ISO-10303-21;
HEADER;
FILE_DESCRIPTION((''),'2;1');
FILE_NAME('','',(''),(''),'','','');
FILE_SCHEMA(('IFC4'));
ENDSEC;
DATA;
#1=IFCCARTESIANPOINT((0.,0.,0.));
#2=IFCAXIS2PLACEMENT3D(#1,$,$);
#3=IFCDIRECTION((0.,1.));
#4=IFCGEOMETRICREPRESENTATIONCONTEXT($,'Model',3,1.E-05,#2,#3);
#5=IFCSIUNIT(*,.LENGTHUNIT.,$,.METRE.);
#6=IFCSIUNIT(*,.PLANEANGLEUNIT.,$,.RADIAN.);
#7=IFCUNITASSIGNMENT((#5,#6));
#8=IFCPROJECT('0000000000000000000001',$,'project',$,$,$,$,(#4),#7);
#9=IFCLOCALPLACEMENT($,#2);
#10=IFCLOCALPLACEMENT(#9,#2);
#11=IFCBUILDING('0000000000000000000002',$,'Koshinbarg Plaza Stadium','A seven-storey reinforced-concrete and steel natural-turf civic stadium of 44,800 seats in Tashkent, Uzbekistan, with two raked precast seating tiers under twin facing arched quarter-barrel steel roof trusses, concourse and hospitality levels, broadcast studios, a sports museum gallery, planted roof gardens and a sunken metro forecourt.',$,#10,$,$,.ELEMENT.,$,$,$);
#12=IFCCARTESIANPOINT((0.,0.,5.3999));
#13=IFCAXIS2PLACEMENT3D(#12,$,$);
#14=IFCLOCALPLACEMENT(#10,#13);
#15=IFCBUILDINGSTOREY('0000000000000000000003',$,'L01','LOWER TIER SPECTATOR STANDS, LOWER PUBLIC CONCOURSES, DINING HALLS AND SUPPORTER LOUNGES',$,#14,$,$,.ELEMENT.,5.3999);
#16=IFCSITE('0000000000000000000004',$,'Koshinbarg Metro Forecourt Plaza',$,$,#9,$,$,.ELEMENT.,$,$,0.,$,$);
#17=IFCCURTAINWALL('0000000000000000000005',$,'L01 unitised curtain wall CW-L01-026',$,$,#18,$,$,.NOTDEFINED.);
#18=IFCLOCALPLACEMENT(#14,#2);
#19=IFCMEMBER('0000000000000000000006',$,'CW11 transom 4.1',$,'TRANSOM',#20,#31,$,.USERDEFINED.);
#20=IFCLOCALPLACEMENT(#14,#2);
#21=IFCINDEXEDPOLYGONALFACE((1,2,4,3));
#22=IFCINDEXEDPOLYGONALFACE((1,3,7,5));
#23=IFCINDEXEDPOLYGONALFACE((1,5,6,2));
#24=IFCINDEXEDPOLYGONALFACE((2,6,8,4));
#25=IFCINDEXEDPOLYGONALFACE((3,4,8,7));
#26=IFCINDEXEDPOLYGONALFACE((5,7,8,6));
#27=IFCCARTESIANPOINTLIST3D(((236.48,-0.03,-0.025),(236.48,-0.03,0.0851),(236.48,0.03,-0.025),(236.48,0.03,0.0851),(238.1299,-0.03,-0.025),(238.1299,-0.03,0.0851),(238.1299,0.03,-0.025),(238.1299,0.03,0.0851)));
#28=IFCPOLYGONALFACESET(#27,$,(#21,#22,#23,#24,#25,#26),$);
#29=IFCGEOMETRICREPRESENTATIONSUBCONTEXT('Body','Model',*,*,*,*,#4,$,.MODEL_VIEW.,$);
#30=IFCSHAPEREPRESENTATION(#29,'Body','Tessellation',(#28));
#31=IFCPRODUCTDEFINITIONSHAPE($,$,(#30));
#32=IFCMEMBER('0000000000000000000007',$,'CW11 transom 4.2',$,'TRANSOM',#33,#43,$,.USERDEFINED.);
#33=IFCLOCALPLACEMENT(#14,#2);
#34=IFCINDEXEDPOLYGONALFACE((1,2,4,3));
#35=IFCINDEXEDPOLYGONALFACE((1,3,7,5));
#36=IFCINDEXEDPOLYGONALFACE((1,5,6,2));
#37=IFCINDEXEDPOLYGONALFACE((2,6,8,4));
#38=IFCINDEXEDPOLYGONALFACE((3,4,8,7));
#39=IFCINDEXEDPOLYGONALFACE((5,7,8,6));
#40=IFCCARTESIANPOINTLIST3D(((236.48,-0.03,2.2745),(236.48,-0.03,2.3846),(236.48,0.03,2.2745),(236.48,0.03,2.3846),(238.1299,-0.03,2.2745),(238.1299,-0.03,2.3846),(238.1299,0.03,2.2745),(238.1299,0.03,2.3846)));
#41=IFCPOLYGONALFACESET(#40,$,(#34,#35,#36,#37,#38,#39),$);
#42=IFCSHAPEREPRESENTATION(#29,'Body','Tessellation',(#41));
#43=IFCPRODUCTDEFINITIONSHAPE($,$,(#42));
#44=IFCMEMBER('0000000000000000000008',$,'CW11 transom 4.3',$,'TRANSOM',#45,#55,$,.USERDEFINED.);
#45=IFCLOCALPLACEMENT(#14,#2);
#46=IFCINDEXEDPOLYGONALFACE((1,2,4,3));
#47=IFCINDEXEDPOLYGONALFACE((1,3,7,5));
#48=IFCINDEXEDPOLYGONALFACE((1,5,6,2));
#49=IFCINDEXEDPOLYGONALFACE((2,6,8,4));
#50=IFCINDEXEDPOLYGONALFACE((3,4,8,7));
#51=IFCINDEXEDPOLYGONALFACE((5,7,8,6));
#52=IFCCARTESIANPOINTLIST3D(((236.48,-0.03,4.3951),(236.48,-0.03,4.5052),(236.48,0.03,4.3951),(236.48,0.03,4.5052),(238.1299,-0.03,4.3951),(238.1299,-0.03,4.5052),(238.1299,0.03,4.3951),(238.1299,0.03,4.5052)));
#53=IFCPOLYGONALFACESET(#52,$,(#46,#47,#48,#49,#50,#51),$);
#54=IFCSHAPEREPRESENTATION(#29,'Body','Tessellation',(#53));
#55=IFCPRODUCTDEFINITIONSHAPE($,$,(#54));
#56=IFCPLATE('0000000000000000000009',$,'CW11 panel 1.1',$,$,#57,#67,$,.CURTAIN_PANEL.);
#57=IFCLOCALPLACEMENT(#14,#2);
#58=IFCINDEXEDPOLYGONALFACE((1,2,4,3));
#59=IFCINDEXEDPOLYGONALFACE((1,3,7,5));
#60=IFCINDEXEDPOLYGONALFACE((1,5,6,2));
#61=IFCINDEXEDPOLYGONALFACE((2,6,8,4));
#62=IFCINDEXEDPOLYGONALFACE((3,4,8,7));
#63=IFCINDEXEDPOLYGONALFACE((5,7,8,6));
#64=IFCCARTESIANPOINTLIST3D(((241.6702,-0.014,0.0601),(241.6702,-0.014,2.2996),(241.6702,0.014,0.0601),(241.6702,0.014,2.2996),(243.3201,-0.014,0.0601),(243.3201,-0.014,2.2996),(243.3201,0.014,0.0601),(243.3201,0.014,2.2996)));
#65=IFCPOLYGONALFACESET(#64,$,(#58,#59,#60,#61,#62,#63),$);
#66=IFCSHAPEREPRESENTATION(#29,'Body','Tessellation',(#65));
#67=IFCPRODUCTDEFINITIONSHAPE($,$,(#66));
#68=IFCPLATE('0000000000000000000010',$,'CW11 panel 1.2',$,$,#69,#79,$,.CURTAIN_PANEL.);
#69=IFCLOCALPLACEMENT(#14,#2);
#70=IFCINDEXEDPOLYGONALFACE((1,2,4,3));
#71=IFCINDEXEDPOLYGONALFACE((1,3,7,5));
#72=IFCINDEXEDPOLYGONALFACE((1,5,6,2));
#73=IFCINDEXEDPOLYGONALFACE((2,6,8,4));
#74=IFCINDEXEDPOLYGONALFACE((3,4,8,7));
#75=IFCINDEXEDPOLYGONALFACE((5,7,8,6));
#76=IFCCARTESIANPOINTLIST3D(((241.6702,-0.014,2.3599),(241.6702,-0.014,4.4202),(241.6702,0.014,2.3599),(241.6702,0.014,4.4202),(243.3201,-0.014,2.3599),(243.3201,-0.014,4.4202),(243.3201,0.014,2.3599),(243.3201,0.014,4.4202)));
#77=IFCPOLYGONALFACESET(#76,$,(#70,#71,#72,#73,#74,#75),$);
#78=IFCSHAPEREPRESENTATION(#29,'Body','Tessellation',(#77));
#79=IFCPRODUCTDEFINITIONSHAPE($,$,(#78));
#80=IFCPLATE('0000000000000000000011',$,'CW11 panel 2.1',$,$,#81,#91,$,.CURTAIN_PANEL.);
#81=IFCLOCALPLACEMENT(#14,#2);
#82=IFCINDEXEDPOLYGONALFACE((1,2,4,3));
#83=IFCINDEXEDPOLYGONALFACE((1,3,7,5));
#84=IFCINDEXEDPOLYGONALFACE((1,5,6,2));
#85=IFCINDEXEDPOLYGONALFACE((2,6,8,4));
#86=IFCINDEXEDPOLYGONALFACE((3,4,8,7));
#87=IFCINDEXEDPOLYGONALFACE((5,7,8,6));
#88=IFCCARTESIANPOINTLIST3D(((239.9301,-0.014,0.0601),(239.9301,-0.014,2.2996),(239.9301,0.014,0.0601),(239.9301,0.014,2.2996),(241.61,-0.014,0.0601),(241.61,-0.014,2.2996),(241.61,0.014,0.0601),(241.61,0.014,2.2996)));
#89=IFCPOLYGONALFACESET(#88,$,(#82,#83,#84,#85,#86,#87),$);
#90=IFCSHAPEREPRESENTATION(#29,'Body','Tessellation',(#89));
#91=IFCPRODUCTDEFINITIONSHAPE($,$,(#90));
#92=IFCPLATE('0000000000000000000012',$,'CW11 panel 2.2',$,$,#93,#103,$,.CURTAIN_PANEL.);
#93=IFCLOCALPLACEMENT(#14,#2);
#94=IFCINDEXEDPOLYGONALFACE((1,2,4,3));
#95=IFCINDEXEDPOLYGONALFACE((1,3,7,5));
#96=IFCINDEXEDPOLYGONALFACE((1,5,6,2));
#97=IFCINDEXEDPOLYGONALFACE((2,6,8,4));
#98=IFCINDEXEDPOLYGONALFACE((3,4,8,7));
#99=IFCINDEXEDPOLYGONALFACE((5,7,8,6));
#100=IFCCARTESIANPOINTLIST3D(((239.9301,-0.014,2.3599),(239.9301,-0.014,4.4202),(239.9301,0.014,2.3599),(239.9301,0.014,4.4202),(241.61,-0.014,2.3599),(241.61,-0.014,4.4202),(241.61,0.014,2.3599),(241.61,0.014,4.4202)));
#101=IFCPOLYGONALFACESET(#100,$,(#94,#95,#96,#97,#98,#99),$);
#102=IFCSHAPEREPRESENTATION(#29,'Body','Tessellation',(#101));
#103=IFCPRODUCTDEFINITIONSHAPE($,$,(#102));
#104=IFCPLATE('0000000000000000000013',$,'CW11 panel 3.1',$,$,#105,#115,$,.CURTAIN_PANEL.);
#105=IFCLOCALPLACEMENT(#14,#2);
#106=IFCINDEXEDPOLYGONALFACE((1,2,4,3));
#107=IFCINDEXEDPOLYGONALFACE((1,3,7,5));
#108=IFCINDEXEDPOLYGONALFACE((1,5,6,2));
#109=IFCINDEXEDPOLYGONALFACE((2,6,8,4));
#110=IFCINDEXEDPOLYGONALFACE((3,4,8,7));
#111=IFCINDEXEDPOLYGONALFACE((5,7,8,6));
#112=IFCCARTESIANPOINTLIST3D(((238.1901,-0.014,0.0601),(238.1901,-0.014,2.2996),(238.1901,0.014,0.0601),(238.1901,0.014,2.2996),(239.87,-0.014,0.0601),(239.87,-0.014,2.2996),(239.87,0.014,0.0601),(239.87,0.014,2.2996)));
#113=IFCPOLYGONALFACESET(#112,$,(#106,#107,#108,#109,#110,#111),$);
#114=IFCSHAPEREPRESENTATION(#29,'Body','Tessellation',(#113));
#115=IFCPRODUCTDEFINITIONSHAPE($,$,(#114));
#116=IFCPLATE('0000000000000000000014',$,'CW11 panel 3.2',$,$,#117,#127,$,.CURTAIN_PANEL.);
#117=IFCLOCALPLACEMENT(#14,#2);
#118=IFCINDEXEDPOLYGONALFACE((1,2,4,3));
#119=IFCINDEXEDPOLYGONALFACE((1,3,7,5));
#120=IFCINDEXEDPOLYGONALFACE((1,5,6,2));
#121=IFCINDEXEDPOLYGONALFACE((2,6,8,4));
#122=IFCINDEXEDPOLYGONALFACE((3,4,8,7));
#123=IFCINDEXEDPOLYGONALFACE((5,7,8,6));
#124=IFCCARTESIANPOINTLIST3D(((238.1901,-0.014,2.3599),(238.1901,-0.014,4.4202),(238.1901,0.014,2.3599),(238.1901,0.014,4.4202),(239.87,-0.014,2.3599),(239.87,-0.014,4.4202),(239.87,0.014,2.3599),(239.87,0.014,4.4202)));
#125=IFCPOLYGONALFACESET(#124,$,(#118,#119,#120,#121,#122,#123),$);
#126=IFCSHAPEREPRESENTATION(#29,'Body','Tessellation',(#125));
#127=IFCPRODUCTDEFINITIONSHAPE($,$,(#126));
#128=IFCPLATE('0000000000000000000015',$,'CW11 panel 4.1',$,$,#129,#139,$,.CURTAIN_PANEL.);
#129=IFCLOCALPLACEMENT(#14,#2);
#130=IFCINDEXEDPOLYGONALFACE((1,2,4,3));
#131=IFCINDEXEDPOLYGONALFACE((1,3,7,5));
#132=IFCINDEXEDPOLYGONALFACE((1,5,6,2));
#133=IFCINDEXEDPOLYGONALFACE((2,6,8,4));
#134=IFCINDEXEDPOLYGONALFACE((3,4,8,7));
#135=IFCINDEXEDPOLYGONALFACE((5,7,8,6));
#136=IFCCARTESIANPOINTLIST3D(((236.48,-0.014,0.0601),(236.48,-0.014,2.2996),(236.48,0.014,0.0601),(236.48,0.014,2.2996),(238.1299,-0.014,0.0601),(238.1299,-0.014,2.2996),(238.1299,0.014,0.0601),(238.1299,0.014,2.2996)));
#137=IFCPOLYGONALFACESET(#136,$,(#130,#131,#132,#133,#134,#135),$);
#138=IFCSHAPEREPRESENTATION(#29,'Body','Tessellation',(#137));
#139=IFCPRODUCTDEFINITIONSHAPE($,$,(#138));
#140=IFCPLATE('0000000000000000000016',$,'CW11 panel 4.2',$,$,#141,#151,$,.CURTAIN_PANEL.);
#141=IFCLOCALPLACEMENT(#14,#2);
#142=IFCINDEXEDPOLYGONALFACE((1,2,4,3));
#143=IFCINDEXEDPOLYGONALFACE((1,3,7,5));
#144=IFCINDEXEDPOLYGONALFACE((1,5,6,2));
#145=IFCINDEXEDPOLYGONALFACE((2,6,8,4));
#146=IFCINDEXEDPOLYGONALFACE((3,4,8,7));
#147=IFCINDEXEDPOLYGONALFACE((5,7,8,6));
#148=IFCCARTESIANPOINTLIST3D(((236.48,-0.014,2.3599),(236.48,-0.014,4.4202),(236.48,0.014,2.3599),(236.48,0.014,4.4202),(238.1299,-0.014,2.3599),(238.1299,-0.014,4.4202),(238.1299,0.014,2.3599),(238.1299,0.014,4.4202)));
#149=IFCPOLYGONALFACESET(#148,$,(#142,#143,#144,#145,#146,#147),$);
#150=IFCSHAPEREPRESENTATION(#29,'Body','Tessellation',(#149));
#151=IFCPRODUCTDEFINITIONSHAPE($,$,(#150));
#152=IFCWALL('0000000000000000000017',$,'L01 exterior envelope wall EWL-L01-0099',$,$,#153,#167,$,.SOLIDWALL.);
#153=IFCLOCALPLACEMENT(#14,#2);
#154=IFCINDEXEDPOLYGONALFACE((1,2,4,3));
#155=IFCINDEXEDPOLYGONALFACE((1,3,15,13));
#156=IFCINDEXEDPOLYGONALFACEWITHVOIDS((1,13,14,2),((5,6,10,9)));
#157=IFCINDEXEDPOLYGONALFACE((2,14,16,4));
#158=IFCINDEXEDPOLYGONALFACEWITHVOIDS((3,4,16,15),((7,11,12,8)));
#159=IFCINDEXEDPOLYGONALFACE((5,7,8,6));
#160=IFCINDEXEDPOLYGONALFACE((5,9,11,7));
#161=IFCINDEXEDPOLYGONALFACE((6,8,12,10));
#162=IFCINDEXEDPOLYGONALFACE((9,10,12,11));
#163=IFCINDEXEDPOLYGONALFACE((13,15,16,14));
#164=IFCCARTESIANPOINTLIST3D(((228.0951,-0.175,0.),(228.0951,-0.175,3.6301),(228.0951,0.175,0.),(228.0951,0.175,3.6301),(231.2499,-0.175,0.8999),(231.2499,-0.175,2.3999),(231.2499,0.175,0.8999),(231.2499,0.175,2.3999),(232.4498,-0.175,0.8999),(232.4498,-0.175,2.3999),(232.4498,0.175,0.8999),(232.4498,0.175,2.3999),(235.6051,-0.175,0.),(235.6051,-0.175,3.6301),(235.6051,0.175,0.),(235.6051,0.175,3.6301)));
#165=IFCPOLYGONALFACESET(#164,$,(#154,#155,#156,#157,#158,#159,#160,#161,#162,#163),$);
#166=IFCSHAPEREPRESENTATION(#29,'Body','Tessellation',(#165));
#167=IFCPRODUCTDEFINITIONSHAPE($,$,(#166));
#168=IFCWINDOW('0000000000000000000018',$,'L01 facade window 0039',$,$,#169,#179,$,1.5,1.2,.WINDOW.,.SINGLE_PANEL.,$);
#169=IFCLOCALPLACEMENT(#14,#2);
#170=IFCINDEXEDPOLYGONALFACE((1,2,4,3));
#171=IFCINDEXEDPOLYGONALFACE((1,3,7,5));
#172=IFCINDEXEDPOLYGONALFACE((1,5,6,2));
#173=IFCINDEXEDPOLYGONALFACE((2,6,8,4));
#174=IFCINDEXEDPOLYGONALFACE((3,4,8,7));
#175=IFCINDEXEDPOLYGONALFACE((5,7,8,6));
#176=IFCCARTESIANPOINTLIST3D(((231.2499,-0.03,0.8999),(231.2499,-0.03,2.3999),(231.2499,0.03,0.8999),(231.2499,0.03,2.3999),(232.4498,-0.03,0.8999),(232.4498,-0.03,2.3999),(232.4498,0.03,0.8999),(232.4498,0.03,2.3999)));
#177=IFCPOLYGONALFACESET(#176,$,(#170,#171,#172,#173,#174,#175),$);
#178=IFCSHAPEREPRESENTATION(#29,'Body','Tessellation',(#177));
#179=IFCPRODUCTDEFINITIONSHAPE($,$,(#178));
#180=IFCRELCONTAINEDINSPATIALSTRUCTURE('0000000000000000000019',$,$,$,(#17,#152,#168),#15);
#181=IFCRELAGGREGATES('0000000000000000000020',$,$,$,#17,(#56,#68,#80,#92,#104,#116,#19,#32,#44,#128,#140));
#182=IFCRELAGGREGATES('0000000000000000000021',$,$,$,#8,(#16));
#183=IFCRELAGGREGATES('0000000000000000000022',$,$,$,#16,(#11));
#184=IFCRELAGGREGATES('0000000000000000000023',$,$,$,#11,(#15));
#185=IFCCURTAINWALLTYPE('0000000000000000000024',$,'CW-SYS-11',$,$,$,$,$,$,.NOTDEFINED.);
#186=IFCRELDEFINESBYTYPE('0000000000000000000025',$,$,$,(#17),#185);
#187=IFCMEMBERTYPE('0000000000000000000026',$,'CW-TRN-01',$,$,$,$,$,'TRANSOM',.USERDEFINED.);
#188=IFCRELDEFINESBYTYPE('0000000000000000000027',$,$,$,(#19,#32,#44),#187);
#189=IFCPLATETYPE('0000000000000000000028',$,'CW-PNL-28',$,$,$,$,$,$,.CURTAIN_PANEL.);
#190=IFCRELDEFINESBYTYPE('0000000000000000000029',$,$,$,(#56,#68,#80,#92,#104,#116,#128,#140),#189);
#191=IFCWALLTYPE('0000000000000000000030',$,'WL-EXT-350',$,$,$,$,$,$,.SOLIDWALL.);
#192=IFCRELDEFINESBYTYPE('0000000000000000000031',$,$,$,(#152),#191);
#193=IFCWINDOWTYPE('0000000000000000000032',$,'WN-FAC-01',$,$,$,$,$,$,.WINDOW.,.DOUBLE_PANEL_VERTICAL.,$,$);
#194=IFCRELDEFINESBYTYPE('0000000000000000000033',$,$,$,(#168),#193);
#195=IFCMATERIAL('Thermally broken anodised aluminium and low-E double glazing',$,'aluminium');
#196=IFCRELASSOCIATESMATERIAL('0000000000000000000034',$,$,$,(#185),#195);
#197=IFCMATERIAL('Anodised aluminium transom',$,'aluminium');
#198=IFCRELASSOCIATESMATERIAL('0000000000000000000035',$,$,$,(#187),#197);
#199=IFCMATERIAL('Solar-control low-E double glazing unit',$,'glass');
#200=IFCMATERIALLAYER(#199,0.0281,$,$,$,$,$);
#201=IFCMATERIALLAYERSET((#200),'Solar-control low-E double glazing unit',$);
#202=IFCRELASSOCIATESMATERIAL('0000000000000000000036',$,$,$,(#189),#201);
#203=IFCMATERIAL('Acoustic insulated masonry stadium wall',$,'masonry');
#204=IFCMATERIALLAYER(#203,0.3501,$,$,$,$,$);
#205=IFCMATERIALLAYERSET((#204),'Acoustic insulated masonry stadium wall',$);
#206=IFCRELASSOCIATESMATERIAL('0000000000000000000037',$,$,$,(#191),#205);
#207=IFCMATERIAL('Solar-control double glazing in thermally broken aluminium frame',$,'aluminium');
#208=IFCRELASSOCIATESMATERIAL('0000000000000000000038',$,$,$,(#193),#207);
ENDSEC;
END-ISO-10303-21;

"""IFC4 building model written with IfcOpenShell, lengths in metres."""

from ifc_helpers import new_model, si_unit, direction, frame, frame_2d, origin, origin_2d, place, context, subcontext, project, spatial, rectangle, extrude, material, layer, layer_set, material_profile, profile_set, type_object, element, fill, aggregate, save


model = new_model("IFC4")

# Units and contexts
model_context = context("Model", 3, precision=1e-05, world=origin(), true_north=direction((0.0, 1.0)))
body_context = subcontext(model_context, "Body", "Model", "MODEL_VIEW")
ifc_project = project(units=[si_unit("LENGTHUNIT", "METRE"), si_unit("PLANEANGLEUNIT", "RADIAN")], contexts=[model_context])

# Site, building, storey
site_placement = place(None, origin())
site = spatial("IfcSite", under=ifc_project, at=site_placement, Name="Koshinbarg Metro Forecourt Plaza", CompositionType="ELEMENT", RefElevation=0.0)
building_placement = place(site_placement, origin())
building = spatial("IfcBuilding", under=site, at=building_placement, Name="Koshinbarg Plaza Stadium", Description="A seven-storey reinforced-concrete and steel natural-turf civic stadium of 44,800 seats in Tashkent, Uzbekistan, with two raked precast seating tiers under twin facing arched quarter-barrel steel roof trusses, concourse and hospitality levels, broadcast studios, a sports museum gallery, planted roof gardens and a sunken metro forecourt.", CompositionType="ELEMENT")
storey_placement = place(building_placement, frame((0.0, 0.0, 5.3999)))
storey = spatial("IfcBuildingStorey", under=building, at=storey_placement, Name="L01", Description="LOWER TIER SPECTATOR STANDS, LOWER PUBLIC CONCOURSES, DINING HALLS AND SUPPORTER LOUNGES", CompositionType="ELEMENT", Elevation=5.3999)

# Curtain wall, members, plates
ifc_material_1 = material(Name="Thermally broken anodised aluminium and low-E double glazing", Category="aluminium")
curtain_wall_type = type_object("IfcCurtainWallType", Name="CW-SYS-11", PredefinedType="NOTDEFINED", material=ifc_material_1)
curtain_wall_placement = place(storey_placement, origin())
curtain_wall = element("IfcCurtainWall", 1, at=curtain_wall_placement, inside=storey, type_object=curtain_wall_type, Name="L01 unitised curtain wall CW-L01-026", PredefinedType="NOTDEFINED")
ifc_material_2 = material(Name="Anodised aluminium transom", Category="aluminium")
ifc_material_profile_1 = material_profile(ifc_material_2, rectangle(XDim=0.0601, YDim=0.1101, at=origin_2d()), Name="ALU 60x110")
ifc_profile_set_1 = profile_set([ifc_material_profile_1], Name="Anodised aluminium transom")
member_type_1 = type_object("IfcMemberType", Name="CW-TRN-01", ElementType="TRANSOM", PredefinedType="USERDEFINED", material=ifc_profile_set_1)
member_1_placement = place(storey_placement, frame((238.1299, 0.0, 0.03), z_axis=(-1.0, 0.0, 0.0), x_axis=(0.0, -1.0, 0.0)))
member_1 = element("IfcMember", 2, at=member_1_placement, type_object=member_type_1, Name="CW11 transom 4.1", ObjectType="TRANSOM", PredefinedType="USERDEFINED", context=body_context, shape_type="SweptSolid", body=[
    extrude(rectangle(XDim=0.0601, YDim=0.1101, at=origin_2d()), origin(), (0.0, 0.0, 1.0), 1.6499),
])
member_2_placement = place(storey_placement, frame((238.1299, 0.0, 2.3296), z_axis=(-1.0, 0.0, 0.0), x_axis=(0.0, -1.0, 0.0)))
member_2 = element("IfcMember", 3, at=member_2_placement, type_object=member_type_1, Name="CW11 transom 4.2", ObjectType="TRANSOM", PredefinedType="USERDEFINED", context=body_context, shape_type="SweptSolid", body=[
    extrude(rectangle(XDim=0.0601, YDim=0.1101, at=origin_2d()), origin(), (0.0, 0.0, 1.0), 1.6499),
])
member_3_placement = place(storey_placement, frame((238.1299, 0.0, 4.4502), z_axis=(-1.0, 0.0, 0.0), x_axis=(0.0, -1.0, 0.0)))
member_3 = element("IfcMember", 4, at=member_3_placement, type_object=member_type_1, Name="CW11 transom 4.3", ObjectType="TRANSOM", PredefinedType="USERDEFINED", context=body_context, shape_type="SweptSolid", body=[
    extrude(rectangle(XDim=0.0601, YDim=0.1101, at=origin_2d()), origin(), (0.0, 0.0, 1.0), 1.6499),
])
ifc_material_3 = material(Name="Solar-control low-E double glazing unit", Category="glass")
ifc_layer_1 = layer(ifc_material_3, 0.0281)
ifc_layer_set_1 = layer_set([ifc_layer_1], Name="Solar-control low-E double glazing unit")
plate_type = type_object("IfcPlateType", Name="CW-PNL-28", PredefinedType="CURTAIN_PANEL", material=ifc_layer_set_1)
plate_1_placement = place(storey_placement, frame((242.4951, 0.0, 0.0601), z_axis=(0.0, 0.0, 1.0), x_axis=(-1.0, 0.0, 0.0)))
plate_1 = element("IfcPlate", 5, at=plate_1_placement, type_object=plate_type, Name="CW11 panel 1.1", PredefinedType="CURTAIN_PANEL", context=body_context, shape_type="SweptSolid", body=[
    extrude(rectangle(XDim=1.6499, YDim=0.0281, at=origin_2d()), origin(), (0.0, 0.0, 1.0), 2.2395),
])
plate_2_placement = place(storey_placement, frame((242.4951, 0.0, 2.3599), z_axis=(0.0, 0.0, 1.0), x_axis=(-1.0, 0.0, 0.0)))
plate_2 = element("IfcPlate", 6, at=plate_2_placement, type_object=plate_type, Name="CW11 panel 1.2", PredefinedType="CURTAIN_PANEL", context=body_context, shape_type="SweptSolid", body=[
    extrude(rectangle(XDim=1.6499, YDim=0.0281, at=origin_2d()), origin(), (0.0, 0.0, 1.0), 2.0603),
])
plate_3_placement = place(storey_placement, frame((240.77, 0.0, 0.0601), z_axis=(0.0, 0.0, 1.0), x_axis=(-1.0, 0.0, 0.0)))
plate_3 = element("IfcPlate", 7, at=plate_3_placement, type_object=plate_type, Name="CW11 panel 2.1", PredefinedType="CURTAIN_PANEL", context=body_context, shape_type="SweptSolid", body=[
    extrude(rectangle(XDim=1.6799, YDim=0.0281, at=origin_2d()), origin(), (0.0, 0.0, 1.0), 2.2395),
])
plate_4_placement = place(storey_placement, frame((240.77, 0.0, 2.3599), z_axis=(0.0, 0.0, 1.0), x_axis=(-1.0, 0.0, 0.0)))
plate_4 = element("IfcPlate", 8, at=plate_4_placement, type_object=plate_type, Name="CW11 panel 2.2", PredefinedType="CURTAIN_PANEL", context=body_context, shape_type="SweptSolid", body=[
    extrude(rectangle(XDim=1.6799, YDim=0.0281, at=origin_2d()), origin(), (0.0, 0.0, 1.0), 2.0603),
])
plate_5_placement = place(storey_placement, frame((239.03, 0.0, 0.0601), z_axis=(0.0, 0.0, 1.0), x_axis=(-1.0, 0.0, 0.0)))
plate_5 = element("IfcPlate", 9, at=plate_5_placement, type_object=plate_type, Name="CW11 panel 3.1", PredefinedType="CURTAIN_PANEL", context=body_context, shape_type="SweptSolid", body=[
    extrude(rectangle(XDim=1.6799, YDim=0.0281, at=origin_2d()), origin(), (0.0, 0.0, 1.0), 2.2395),
])
plate_6_placement = place(storey_placement, frame((239.03, 0.0, 2.3599), z_axis=(0.0, 0.0, 1.0), x_axis=(-1.0, 0.0, 0.0)))
plate_6 = element("IfcPlate", 10, at=plate_6_placement, type_object=plate_type, Name="CW11 panel 3.2", PredefinedType="CURTAIN_PANEL", context=body_context, shape_type="SweptSolid", body=[
    extrude(rectangle(XDim=1.6799, YDim=0.0281, at=origin_2d()), origin(), (0.0, 0.0, 1.0), 2.0603),
])
plate_7_placement = place(storey_placement, frame((237.3049, 0.0, 0.0601), z_axis=(0.0, 0.0, 1.0), x_axis=(-1.0, 0.0, 0.0)))
plate_7 = element("IfcPlate", 11, at=plate_7_placement, type_object=plate_type, Name="CW11 panel 4.1", PredefinedType="CURTAIN_PANEL", context=body_context, shape_type="SweptSolid", body=[
    extrude(rectangle(XDim=1.6499, YDim=0.0281, at=origin_2d()), origin(), (0.0, 0.0, 1.0), 2.2395),
])
plate_8_placement = place(storey_placement, frame((237.3049, 0.0, 2.3599), z_axis=(0.0, 0.0, 1.0), x_axis=(-1.0, 0.0, 0.0)))
plate_8 = element("IfcPlate", 12, at=plate_8_placement, type_object=plate_type, Name="CW11 panel 4.2", PredefinedType="CURTAIN_PANEL", context=body_context, shape_type="SweptSolid", body=[
    extrude(rectangle(XDim=1.6499, YDim=0.0281, at=origin_2d()), origin(), (0.0, 0.0, 1.0), 2.0603),
])
aggregate(curtain_wall, [plate_1, plate_2, plate_3, plate_4, plate_5, plate_6, member_1, member_2, member_3, plate_7, plate_8])

# Wall, opening, window
ifc_material_4 = material(Name="Acoustic insulated masonry stadium wall", Category="masonry")
ifc_layer_2 = layer(ifc_material_4, 0.3501)
ifc_layer_set_2 = layer_set([ifc_layer_2], Name="Acoustic insulated masonry stadium wall")
wall_type = type_object("IfcWallType", Name="WL-EXT-350", PredefinedType="SOLIDWALL", material=ifc_layer_set_2)
wall_placement = place(storey_placement, frame((235.605, 0.0, 0.0), z_axis=(0.0, 0.0, 1.0), x_axis=(-1.0, 0.0, 0.0)))
wall = element("IfcWall", 13, at=wall_placement, inside=storey, type_object=wall_type, Name="L01 exterior envelope wall EWL-L01-0099", PredefinedType="SOLIDWALL", context=body_context, shape_type="SweptSolid", body=[
    extrude(rectangle(XDim=7.51, YDim=0.3501, at=frame_2d((3.7549, 0.0))), origin(), (0.0, 0.0, 1.0), 3.6301),
])
opening_placement = place(wall_placement, frame((3.155, 0.0, 0.8999)))
opening = element("IfcOpeningElement", 14, at=opening_placement, cuts=wall, PredefinedType="OPENING", context=body_context, shape_type="SweptSolid", body=[
    extrude(rectangle(XDim=1.2, YDim=1.5, at=frame_2d((0.6001, 0.75))), frame((0.0, 0.1851, 0.0), z_axis=(0.0, -1.0, 0.0), x_axis=(1.0, 0.0, 0.0)), (0.0, 0.0, 1.0), 0.3701),
])
ifc_material_5 = material(Name="Solar-control double glazing in thermally broken aluminium frame", Category="aluminium")
window_type = type_object("IfcWindowType", Name="WN-FAC-01", PartitioningType="DOUBLE_PANEL_VERTICAL", PredefinedType="WINDOW", material=ifc_material_5)
window_placement = place(opening_placement, origin())
window = element("IfcWindow", 15, at=window_placement, inside=storey, type_object=window_type, Name="L01 facade window 0039", OverallHeight=1.5, OverallWidth=1.2, PartitioningType="SINGLE_PANEL", PredefinedType="WINDOW", context=body_context, shape_type="SweptSolid", body=[
    extrude(rectangle(XDim=1.2, YDim=1.5, at=frame_2d((0.6001, 0.75))), frame((0.0, 0.03, 0.0), z_axis=(0.0, -1.0, 0.0), x_axis=(1.0, 0.0, 0.0)), (0.0, 0.0, 1.0), 0.0601),
])
fill(opening, window)

save(model, "model.ifc")
